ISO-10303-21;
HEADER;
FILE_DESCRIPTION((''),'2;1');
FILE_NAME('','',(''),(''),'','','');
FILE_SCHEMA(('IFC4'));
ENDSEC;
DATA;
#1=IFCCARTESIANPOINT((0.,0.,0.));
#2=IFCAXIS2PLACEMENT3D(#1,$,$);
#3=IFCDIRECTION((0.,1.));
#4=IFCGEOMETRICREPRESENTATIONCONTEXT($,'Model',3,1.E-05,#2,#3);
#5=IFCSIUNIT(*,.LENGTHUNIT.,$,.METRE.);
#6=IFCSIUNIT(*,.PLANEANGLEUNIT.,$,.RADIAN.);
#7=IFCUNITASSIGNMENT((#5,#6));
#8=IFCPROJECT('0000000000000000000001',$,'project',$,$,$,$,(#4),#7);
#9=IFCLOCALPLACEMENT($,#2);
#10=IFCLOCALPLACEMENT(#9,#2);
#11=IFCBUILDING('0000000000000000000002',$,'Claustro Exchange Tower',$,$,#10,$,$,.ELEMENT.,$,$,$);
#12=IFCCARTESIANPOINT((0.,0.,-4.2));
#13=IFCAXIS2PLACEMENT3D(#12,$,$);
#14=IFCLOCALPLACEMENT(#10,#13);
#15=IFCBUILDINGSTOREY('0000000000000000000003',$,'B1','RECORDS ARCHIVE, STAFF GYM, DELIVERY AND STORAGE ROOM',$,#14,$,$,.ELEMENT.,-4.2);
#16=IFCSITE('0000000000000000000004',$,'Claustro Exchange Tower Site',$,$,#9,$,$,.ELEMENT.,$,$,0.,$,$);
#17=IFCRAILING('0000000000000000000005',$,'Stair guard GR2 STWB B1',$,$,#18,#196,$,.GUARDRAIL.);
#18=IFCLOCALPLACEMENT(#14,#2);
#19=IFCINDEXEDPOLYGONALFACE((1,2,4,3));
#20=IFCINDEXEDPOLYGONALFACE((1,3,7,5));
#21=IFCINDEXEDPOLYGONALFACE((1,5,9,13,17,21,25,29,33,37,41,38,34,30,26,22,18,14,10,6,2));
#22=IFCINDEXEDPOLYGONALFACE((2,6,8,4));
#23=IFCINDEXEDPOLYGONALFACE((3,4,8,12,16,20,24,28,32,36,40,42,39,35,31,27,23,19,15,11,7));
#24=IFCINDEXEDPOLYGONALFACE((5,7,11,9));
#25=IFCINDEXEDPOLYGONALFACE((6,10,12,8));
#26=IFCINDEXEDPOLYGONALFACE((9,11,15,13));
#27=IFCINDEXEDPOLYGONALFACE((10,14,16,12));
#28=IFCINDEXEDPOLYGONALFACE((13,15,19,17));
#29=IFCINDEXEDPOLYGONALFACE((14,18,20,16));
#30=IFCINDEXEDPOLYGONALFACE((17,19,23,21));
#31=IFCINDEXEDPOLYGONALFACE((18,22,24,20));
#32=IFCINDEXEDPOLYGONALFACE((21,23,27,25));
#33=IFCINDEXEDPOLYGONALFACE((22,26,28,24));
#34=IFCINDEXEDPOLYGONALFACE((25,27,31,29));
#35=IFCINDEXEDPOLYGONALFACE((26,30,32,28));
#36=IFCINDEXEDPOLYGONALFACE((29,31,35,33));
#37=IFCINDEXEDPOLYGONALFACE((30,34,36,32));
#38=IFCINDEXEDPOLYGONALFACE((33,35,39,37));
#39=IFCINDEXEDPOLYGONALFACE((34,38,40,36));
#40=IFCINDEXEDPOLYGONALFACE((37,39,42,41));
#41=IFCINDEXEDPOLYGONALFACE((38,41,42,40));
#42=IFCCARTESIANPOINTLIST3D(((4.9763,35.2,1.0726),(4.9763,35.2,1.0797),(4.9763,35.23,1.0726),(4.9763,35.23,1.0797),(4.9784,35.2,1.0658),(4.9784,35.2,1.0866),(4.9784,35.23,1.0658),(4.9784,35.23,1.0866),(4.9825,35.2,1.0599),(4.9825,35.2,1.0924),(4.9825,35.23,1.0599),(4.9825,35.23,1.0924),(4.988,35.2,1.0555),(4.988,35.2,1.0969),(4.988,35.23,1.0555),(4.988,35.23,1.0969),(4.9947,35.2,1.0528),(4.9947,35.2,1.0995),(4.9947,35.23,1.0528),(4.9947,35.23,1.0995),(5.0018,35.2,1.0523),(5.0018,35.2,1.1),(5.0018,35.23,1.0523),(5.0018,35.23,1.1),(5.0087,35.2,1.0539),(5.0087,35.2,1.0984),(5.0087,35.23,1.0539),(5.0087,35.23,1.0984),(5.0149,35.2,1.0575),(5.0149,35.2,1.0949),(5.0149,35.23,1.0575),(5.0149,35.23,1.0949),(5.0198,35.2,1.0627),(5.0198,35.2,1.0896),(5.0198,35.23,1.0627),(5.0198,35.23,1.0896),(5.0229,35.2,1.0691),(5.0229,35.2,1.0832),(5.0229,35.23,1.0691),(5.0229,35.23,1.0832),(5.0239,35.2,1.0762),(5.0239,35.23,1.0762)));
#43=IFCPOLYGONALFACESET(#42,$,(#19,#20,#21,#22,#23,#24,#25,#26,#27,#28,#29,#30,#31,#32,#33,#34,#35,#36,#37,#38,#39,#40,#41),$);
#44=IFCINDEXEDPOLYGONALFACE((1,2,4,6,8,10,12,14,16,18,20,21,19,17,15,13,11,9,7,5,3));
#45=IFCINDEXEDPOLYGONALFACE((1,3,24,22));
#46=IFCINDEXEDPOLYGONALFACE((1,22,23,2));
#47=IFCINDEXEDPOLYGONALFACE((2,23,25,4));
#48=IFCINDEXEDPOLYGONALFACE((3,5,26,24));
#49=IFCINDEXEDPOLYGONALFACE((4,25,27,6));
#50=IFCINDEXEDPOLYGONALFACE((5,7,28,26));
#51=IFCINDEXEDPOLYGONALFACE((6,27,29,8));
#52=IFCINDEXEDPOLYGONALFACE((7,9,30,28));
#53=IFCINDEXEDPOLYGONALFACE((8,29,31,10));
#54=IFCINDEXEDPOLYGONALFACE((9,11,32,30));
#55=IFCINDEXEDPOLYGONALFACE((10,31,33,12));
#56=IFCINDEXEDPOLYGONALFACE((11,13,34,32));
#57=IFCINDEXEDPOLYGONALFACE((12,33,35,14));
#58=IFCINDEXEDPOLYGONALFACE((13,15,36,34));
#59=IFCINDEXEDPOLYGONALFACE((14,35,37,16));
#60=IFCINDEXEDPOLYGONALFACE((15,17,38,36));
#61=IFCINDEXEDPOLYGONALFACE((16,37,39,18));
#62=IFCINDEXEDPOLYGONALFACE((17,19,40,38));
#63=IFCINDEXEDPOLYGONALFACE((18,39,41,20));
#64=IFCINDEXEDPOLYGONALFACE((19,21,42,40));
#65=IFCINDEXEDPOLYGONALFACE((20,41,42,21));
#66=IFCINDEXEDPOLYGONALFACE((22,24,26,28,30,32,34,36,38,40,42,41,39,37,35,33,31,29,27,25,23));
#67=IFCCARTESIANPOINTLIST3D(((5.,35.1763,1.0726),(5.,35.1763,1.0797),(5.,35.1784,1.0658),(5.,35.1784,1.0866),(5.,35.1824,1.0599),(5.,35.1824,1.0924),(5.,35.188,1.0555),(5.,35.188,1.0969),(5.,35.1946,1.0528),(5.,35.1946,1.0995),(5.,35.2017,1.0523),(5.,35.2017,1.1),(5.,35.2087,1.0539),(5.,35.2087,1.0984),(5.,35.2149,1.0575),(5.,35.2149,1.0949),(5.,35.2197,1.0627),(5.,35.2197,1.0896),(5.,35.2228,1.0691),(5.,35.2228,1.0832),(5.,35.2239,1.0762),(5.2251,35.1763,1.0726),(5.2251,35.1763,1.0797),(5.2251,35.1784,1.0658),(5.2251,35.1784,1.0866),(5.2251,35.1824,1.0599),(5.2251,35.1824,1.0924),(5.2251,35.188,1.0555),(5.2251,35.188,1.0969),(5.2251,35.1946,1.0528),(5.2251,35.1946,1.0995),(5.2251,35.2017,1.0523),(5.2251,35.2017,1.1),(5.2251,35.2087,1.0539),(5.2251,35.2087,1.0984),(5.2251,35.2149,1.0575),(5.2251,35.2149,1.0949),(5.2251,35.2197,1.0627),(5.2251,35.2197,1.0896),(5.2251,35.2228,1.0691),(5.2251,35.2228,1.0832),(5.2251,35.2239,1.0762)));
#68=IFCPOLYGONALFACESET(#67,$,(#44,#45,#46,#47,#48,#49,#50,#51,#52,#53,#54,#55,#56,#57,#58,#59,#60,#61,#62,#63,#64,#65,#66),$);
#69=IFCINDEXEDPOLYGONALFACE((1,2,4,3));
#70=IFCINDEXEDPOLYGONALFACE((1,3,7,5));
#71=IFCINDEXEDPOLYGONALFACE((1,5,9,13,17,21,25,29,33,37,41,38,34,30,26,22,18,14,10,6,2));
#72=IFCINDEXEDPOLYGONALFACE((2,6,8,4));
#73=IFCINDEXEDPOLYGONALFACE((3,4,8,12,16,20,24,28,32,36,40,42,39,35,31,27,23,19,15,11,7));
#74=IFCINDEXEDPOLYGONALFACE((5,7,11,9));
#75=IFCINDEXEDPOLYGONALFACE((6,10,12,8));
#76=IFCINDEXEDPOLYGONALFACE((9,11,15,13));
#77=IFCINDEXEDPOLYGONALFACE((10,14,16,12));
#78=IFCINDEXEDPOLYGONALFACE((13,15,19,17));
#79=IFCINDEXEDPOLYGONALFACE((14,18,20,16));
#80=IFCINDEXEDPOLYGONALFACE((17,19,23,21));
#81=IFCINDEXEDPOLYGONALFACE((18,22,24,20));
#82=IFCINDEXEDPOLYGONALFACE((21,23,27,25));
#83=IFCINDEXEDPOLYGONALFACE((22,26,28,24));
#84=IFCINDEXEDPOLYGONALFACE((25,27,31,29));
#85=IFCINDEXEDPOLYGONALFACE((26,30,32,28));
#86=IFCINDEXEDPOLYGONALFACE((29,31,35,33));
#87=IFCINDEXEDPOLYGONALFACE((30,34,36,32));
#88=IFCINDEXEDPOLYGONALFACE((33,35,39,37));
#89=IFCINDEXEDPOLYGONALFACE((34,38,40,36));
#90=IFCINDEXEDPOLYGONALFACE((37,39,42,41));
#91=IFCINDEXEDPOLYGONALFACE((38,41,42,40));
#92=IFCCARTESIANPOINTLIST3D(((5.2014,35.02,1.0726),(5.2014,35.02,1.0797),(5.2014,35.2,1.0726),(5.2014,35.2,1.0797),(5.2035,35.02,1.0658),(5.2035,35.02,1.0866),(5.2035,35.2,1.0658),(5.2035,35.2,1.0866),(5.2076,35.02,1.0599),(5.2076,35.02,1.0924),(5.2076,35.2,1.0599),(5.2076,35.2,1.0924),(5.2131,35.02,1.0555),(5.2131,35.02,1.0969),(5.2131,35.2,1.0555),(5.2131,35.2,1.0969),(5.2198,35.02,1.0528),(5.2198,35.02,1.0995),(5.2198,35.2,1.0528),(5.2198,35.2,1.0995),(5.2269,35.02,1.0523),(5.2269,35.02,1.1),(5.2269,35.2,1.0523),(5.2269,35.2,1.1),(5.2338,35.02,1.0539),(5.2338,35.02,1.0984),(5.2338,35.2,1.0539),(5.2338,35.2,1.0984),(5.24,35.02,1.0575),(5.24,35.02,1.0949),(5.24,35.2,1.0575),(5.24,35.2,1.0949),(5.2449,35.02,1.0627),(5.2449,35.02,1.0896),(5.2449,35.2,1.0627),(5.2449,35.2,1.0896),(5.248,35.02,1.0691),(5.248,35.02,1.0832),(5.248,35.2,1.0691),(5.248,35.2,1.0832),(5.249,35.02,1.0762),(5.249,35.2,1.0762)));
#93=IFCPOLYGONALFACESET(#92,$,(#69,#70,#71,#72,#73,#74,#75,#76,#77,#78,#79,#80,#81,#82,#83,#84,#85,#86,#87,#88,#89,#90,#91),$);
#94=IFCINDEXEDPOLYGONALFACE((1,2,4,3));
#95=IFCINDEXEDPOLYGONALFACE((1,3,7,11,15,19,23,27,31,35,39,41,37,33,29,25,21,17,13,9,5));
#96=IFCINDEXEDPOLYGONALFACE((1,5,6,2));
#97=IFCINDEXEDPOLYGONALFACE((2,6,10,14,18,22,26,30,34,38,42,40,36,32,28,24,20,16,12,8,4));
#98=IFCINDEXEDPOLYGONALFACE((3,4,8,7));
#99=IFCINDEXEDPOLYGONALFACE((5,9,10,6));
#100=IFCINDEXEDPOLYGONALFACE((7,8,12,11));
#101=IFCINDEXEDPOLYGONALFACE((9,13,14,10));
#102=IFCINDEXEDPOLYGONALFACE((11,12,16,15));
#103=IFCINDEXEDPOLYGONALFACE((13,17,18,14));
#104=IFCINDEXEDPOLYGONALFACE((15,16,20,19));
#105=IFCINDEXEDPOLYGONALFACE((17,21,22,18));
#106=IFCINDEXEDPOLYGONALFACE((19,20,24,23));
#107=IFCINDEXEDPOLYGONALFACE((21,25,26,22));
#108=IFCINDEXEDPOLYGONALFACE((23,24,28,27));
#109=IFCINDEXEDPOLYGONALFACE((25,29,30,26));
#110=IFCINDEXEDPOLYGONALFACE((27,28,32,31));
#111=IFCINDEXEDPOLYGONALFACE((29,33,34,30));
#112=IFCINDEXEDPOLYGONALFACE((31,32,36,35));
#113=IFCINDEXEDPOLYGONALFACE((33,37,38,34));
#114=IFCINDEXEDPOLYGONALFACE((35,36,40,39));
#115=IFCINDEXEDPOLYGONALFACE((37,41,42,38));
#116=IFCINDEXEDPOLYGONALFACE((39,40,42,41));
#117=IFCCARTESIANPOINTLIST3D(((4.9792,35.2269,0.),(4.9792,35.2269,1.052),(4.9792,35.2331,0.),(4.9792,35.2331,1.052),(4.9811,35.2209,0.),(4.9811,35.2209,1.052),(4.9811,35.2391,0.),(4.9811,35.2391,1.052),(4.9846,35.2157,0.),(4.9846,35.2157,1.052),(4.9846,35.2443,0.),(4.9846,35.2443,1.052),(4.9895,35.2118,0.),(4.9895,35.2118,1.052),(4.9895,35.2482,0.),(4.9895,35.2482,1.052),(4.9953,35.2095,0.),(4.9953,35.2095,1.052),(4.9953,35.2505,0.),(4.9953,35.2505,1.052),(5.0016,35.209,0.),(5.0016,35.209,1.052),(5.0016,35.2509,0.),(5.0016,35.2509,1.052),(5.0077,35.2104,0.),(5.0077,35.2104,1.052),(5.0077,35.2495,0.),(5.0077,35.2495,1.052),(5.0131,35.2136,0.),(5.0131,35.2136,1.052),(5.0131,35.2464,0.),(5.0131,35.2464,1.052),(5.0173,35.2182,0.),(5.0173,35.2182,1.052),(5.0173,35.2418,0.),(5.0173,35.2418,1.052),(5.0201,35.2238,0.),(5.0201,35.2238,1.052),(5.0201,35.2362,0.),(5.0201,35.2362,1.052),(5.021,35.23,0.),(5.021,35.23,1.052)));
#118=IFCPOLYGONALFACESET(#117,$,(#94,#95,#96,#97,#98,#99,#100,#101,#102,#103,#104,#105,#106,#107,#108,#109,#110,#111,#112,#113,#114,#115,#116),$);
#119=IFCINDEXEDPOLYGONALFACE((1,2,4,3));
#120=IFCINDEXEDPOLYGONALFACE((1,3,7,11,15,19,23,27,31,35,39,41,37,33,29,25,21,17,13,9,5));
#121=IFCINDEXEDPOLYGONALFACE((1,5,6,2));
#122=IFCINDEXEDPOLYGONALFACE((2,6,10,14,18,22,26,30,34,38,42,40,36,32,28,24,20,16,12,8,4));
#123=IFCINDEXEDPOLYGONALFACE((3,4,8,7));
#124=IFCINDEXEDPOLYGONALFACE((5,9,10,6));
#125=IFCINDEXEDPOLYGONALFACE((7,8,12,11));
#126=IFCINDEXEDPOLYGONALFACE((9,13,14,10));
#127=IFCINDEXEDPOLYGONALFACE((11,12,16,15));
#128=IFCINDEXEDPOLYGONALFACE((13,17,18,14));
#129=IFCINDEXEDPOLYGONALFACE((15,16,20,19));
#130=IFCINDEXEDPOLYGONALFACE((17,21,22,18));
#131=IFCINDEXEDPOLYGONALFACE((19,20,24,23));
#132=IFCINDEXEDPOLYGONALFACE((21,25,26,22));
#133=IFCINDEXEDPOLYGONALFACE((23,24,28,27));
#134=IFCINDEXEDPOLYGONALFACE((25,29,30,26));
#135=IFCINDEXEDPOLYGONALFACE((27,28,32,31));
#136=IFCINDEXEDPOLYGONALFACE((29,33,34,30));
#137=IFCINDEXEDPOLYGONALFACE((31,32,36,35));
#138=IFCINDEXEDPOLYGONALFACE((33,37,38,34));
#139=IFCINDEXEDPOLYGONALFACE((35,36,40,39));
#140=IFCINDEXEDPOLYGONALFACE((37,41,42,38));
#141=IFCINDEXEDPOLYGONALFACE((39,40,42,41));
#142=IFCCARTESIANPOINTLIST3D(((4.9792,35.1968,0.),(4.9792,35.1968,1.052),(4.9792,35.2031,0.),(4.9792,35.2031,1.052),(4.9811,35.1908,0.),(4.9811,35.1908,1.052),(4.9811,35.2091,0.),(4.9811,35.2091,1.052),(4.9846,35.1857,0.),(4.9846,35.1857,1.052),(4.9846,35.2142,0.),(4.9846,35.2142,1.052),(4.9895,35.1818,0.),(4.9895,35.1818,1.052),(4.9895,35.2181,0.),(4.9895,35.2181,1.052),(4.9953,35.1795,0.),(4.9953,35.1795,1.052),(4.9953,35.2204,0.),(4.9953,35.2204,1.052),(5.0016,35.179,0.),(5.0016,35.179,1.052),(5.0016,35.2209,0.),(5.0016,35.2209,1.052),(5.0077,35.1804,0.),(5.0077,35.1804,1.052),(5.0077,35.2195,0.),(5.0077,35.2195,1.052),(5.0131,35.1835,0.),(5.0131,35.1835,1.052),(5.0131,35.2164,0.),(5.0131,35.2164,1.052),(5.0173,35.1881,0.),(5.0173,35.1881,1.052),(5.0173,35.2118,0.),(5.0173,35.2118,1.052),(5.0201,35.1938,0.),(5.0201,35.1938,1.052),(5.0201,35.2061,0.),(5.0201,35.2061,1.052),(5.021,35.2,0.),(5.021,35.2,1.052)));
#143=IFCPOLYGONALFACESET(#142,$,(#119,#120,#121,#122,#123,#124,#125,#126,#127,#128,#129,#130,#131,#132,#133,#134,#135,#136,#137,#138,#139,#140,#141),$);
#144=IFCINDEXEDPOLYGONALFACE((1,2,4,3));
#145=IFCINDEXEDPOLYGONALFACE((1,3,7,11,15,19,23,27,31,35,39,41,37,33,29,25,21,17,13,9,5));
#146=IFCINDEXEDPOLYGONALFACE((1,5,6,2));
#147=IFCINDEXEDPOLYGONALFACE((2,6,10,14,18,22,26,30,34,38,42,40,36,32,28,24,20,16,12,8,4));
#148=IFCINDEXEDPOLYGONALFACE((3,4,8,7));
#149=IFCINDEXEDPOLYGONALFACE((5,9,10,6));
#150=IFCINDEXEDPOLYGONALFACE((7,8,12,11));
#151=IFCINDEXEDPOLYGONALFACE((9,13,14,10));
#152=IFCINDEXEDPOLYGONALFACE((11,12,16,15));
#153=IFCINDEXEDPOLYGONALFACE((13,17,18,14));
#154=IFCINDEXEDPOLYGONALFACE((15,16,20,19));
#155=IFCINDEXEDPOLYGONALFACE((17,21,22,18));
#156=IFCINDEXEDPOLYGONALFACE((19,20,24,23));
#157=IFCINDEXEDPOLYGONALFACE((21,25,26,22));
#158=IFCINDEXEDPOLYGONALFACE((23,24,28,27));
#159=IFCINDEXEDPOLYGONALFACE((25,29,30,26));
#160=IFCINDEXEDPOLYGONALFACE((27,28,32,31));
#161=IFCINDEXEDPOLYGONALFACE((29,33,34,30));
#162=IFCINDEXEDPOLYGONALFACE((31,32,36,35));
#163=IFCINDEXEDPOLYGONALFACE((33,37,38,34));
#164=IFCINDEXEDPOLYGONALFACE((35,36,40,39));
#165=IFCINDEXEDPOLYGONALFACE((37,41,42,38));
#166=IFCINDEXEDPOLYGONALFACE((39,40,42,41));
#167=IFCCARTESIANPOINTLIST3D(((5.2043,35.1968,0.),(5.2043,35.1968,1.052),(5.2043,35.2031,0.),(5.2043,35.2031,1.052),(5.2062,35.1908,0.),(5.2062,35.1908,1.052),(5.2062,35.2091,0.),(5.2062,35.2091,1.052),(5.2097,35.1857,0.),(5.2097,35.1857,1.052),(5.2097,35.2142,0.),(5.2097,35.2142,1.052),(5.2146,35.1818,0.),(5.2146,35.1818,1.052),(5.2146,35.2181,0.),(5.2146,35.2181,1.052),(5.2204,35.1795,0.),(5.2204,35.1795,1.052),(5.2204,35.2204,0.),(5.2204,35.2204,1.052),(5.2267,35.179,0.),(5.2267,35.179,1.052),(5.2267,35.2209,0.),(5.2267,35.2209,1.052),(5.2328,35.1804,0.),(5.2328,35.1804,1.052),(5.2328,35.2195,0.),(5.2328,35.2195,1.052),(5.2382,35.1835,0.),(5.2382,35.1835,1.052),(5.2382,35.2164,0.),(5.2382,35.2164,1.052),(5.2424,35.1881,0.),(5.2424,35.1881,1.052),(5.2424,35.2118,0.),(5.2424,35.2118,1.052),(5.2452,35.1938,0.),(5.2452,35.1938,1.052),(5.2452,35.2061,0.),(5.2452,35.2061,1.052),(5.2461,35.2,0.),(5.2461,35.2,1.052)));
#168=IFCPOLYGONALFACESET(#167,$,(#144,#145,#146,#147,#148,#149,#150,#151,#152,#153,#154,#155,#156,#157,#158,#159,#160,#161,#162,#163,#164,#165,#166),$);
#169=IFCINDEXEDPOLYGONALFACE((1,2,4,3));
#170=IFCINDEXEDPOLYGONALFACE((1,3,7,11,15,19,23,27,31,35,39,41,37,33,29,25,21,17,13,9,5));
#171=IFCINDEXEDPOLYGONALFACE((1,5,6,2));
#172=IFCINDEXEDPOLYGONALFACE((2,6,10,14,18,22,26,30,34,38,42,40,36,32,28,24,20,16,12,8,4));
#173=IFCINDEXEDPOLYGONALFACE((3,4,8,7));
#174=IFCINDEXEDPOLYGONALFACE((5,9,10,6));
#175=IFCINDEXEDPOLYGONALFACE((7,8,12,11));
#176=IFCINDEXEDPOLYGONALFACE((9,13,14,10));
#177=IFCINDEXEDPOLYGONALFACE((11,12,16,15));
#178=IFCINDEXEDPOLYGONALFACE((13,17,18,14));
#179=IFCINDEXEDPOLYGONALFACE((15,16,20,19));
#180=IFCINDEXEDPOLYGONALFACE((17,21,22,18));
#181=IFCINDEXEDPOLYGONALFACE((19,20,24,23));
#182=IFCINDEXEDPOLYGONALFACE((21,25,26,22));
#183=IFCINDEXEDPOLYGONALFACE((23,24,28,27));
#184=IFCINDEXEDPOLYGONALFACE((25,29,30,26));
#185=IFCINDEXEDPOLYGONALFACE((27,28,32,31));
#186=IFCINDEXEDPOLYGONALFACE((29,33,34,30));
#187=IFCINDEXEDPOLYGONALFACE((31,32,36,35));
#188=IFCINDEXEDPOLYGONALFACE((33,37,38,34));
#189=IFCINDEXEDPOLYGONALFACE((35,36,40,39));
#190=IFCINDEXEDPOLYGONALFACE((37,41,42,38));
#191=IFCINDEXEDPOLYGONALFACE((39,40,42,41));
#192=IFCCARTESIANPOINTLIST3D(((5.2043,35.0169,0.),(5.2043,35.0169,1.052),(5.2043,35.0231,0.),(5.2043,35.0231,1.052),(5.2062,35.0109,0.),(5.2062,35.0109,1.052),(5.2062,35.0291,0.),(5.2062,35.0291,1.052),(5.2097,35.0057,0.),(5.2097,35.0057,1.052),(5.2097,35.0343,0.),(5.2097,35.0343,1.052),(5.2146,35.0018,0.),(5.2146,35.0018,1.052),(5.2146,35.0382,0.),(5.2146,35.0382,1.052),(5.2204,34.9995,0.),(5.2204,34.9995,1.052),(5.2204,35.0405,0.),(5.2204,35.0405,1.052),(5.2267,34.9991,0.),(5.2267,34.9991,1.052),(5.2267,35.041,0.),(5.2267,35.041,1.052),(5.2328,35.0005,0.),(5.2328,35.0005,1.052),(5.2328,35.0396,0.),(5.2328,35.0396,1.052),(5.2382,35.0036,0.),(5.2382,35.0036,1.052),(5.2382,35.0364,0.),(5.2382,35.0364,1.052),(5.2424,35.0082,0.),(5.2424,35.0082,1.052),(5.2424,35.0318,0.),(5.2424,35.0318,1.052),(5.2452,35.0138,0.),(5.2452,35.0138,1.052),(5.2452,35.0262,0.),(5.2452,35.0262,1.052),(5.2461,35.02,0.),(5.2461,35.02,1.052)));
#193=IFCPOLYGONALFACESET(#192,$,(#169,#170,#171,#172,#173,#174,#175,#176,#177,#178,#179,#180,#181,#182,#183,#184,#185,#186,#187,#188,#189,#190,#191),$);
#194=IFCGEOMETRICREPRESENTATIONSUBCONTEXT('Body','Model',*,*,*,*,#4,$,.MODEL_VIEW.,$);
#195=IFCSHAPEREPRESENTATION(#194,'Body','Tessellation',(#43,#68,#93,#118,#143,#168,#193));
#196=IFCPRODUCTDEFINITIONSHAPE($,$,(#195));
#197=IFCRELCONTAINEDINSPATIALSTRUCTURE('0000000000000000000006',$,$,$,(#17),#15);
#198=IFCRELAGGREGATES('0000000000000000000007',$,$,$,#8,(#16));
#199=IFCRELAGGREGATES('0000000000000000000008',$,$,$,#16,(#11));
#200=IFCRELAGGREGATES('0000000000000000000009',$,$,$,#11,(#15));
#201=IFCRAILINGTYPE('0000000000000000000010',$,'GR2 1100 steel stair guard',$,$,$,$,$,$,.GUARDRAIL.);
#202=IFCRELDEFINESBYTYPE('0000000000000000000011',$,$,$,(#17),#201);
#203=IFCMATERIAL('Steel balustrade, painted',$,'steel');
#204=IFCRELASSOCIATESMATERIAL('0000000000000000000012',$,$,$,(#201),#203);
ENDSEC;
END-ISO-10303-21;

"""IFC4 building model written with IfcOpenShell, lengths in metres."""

from ifc_helpers import new_model, si_unit, direction, frame, origin, origin_2d, place, context, subcontext, project, spatial, circle, extrude, material, type_object, element, save


model = new_model("IFC4")

# Units and contexts
model_context = context("Model", 3, precision=1e-05, world=origin(), true_north=direction((0.0, 1.0)))
body_context = subcontext(model_context, "Body", "Model", "MODEL_VIEW")
ifc_project = project(units=[si_unit("LENGTHUNIT", "METRE"), si_unit("PLANEANGLEUNIT", "RADIAN")], contexts=[model_context])

# Site, building, storey
site_placement = place(None, origin())
site = spatial("IfcSite", under=ifc_project, at=site_placement, Name="Claustro Exchange Tower Site", CompositionType="ELEMENT", RefElevation=0.0)
building_placement = place(site_placement, origin())
building = spatial("IfcBuilding", under=site, at=building_placement, Name="Claustro Exchange Tower", CompositionType="ELEMENT")
storey_placement = place(building_placement, frame((0.0, 0.0, -4.2)))
storey = spatial("IfcBuildingStorey", under=building, at=storey_placement, Name="B1", Description="RECORDS ARCHIVE, STAFF GYM, DELIVERY AND STORAGE ROOM", CompositionType="ELEMENT", Elevation=-4.2)

# Railing
ifc_material_1 = material(Name="Steel balustrade, painted", Category="steel")
railing_type_1 = type_object("IfcRailingType", Name="GR2 1100 steel stair guard", PredefinedType="GUARDRAIL", material=ifc_material_1)
railing_1_placement = place(storey_placement, frame((5.0, 35.23, 0.0)))
element("IfcRailing", 1, at=railing_1_placement, inside=storey, type_object=railing_type_1, Name="Stair guard GR2 STWB B1", PredefinedType="GUARDRAIL", context=body_context, shape_type="SweptSolid", body=[
    extrude(circle(Radius=0.0239, at=origin_2d()), frame((0.0, 0.0, 1.0762), z_axis=(0.0, -1.0, 0.0), x_axis=(1.0, 0.0, 0.0)), (0.0, 0.0, 1.0), 0.03),
    extrude(circle(Radius=0.0239, at=origin_2d()), frame((0.0, -0.03, 1.0762), z_axis=(1.0, 0.0, 0.0), x_axis=(0.0, 1.0, 0.0)), (0.0, 0.0, 1.0), 0.2251),
    extrude(circle(Radius=0.0239, at=origin_2d()), frame((0.2251, -0.03, 1.0762), z_axis=(0.0, -1.0, 0.0), x_axis=(1.0, 0.0, 0.0)), (0.0, 0.0, 1.0), 0.1799),
    extrude(circle(Radius=0.021, at=origin_2d()), origin(), (0.0, 0.0, 1.0), 1.052),
    extrude(circle(Radius=0.021, at=origin_2d()), frame((0.0, -0.03, 0.0)), (0.0, 0.0, 1.0), 1.052),
    extrude(circle(Radius=0.021, at=origin_2d()), frame((0.2251, -0.03, 0.0)), (0.0, 0.0, 1.0), 1.052),
    extrude(circle(Radius=0.021, at=origin_2d()), frame((0.2251, -0.21, 0.0)), (0.0, 0.0, 1.0), 1.052),
])

save(model, "model.ifc")
